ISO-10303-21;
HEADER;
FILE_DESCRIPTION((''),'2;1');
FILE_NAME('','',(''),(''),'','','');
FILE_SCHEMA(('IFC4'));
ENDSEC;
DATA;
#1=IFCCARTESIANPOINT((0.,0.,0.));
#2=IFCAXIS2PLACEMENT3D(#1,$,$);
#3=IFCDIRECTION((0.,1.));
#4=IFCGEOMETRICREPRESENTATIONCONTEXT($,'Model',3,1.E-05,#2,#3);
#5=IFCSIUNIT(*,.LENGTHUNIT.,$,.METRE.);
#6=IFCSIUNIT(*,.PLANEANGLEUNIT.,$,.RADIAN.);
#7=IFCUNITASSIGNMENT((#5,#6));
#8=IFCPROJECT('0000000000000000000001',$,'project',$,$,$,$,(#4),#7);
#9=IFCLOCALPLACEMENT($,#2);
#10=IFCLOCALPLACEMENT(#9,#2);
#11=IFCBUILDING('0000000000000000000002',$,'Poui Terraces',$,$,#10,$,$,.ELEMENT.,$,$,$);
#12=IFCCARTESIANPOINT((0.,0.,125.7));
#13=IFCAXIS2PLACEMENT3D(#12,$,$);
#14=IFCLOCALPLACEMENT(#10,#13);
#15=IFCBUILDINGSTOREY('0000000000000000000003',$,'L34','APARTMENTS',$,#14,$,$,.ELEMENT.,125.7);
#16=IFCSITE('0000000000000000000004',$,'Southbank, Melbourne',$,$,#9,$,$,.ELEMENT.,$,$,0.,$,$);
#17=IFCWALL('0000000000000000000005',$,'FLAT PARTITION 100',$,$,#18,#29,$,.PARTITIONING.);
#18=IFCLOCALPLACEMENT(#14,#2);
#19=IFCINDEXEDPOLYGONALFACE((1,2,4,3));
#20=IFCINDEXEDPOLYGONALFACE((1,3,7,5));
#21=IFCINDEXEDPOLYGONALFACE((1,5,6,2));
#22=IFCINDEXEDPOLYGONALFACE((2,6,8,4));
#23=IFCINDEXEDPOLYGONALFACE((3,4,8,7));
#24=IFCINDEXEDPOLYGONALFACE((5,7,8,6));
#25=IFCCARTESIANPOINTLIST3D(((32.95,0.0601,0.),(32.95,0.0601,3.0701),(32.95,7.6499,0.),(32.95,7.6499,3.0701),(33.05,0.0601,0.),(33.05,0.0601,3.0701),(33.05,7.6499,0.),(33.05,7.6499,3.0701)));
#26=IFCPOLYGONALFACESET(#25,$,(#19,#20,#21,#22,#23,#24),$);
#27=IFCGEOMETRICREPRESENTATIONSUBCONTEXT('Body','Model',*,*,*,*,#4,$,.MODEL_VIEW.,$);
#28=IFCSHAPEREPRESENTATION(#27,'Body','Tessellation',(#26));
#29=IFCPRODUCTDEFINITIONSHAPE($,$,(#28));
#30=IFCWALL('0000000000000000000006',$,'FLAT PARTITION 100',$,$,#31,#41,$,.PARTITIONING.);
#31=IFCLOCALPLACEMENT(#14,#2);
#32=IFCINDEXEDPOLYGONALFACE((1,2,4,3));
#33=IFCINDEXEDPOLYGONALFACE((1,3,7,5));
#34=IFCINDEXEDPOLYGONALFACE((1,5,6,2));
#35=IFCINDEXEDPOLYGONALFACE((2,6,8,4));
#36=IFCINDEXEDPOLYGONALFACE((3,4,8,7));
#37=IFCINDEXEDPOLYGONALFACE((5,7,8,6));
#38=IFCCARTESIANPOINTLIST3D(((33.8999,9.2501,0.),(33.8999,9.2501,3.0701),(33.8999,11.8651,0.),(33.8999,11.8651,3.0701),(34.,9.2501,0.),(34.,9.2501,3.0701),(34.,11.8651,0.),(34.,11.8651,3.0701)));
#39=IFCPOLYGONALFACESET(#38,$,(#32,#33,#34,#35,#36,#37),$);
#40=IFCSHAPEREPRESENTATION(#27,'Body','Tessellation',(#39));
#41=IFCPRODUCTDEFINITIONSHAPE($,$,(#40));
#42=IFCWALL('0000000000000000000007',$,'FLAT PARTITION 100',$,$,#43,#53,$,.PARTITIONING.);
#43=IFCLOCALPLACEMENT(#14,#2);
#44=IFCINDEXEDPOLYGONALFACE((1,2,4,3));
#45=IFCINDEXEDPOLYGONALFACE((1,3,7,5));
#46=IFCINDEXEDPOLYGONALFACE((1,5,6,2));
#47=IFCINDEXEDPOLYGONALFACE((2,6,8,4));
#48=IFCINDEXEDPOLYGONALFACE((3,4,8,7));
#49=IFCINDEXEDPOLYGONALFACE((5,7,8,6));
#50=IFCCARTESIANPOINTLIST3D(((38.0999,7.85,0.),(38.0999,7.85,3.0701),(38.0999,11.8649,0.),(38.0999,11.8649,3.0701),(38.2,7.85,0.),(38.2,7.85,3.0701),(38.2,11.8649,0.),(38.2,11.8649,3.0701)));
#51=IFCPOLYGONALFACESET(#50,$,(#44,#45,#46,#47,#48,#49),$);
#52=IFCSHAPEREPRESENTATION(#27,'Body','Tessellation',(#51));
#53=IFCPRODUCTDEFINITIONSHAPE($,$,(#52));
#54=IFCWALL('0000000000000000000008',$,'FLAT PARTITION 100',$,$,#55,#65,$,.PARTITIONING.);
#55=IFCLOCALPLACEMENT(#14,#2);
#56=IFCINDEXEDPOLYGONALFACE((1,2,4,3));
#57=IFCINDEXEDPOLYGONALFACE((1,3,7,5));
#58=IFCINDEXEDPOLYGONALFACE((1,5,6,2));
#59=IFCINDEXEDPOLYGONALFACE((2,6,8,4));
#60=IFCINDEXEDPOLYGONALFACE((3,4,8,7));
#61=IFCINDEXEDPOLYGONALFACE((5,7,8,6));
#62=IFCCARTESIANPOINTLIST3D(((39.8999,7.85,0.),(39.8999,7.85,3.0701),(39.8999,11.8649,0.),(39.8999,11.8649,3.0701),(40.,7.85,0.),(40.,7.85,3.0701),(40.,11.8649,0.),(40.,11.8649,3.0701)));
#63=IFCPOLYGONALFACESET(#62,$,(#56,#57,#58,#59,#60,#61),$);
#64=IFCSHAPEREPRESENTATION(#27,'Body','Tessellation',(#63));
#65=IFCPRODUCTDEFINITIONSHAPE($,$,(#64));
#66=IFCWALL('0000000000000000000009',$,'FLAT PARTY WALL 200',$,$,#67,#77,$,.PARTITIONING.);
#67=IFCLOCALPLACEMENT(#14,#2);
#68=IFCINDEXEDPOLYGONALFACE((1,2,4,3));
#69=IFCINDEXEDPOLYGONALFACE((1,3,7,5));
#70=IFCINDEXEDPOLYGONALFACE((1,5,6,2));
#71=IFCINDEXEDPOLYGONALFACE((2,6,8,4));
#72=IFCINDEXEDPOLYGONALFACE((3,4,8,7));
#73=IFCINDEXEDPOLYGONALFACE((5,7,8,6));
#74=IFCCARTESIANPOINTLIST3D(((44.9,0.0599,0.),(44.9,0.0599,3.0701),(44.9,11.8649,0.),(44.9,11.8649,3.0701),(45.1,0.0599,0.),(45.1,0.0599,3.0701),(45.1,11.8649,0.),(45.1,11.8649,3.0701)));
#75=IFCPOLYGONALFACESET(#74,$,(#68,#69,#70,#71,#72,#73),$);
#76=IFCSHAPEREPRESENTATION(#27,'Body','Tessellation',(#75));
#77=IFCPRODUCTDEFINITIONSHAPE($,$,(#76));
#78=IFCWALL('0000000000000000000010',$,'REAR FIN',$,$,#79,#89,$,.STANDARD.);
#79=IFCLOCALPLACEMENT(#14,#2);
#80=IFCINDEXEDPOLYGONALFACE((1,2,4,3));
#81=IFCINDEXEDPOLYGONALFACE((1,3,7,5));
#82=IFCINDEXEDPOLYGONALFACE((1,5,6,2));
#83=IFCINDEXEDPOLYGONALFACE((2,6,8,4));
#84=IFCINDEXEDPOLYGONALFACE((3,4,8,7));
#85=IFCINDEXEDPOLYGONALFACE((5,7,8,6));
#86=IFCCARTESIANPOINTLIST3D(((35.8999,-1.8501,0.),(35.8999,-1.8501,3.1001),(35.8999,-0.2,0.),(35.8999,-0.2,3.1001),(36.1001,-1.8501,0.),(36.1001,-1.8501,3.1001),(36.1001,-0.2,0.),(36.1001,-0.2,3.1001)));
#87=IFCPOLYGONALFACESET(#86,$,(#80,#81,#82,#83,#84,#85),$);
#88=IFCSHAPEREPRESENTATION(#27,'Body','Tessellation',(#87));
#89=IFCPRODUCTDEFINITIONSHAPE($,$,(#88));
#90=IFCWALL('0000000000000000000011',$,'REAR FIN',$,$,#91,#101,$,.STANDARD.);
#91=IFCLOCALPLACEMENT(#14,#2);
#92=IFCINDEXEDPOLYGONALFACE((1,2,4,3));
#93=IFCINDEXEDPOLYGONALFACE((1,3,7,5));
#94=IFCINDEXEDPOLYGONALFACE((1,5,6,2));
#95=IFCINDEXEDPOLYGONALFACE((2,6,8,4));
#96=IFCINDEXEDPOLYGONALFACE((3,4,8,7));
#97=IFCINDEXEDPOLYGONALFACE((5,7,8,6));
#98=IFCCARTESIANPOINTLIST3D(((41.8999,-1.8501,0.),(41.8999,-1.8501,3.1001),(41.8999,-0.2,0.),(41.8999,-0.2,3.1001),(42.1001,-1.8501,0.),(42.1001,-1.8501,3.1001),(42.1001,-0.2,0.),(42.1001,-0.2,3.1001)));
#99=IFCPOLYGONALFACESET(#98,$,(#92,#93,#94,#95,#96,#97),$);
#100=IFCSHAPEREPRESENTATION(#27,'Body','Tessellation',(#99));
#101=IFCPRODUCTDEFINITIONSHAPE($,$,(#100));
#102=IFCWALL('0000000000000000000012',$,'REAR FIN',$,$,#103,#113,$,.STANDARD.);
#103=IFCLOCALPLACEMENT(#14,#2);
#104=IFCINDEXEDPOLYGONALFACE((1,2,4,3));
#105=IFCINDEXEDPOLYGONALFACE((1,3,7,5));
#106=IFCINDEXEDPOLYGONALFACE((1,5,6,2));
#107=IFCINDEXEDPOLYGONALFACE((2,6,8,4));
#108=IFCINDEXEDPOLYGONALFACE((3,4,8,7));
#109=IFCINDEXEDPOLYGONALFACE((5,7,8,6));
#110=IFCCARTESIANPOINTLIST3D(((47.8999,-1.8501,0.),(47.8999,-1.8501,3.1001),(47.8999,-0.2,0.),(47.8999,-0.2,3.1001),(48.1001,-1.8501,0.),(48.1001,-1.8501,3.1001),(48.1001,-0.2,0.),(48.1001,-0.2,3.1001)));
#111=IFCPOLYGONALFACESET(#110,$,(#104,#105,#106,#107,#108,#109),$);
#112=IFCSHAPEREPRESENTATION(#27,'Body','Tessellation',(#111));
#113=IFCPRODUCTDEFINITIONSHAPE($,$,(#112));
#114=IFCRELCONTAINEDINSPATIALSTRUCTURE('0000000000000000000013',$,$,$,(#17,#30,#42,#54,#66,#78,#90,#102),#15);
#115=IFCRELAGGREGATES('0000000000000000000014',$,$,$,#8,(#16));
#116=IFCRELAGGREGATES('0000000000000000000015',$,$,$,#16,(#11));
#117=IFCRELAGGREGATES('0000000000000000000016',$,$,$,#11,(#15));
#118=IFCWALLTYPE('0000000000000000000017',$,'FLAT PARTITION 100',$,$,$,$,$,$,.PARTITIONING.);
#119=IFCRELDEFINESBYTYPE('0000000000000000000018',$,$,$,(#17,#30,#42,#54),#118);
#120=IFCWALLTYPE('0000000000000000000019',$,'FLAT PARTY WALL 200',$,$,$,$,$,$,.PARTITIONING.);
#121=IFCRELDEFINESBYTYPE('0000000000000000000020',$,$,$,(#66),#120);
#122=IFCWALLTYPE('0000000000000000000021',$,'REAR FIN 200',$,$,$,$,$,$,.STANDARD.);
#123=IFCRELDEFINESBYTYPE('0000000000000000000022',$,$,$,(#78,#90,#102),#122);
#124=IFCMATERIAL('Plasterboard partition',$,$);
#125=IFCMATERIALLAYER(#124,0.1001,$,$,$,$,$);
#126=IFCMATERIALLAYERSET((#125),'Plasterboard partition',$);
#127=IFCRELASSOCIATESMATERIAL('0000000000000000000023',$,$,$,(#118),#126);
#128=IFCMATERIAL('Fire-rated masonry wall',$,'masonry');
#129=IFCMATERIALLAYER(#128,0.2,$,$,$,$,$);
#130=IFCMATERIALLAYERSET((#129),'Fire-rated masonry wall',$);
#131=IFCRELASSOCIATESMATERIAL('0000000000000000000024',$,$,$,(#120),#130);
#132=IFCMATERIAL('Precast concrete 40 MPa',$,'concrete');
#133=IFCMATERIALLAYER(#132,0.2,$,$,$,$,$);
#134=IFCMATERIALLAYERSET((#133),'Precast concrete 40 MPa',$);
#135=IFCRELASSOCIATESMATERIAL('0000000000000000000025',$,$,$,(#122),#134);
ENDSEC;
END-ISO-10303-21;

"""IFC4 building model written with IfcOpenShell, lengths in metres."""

from ifc_helpers import new_model, si_unit, direction, frame, frame_2d, origin, place, context, subcontext, project, spatial, polyline, rectangle, outline, extrude, source, transform, mapped, material, layer, layer_set, type_object, element, save


model = new_model("IFC4")

# Units and contexts
model_context = context("Model", 3, precision=1e-05, world=origin(), true_north=direction((0.0, 1.0)))
body_context = subcontext(model_context, "Body", "Model", "MODEL_VIEW")
ifc_project = project(units=[si_unit("LENGTHUNIT", "METRE"), si_unit("PLANEANGLEUNIT", "RADIAN")], contexts=[model_context])

# Site, building, storey
site_placement = place(None, origin())
site = spatial("IfcSite", under=ifc_project, at=site_placement, Name="Southbank, Melbourne", CompositionType="ELEMENT", RefElevation=0.0)
building_placement = place(site_placement, origin())
building = spatial("IfcBuilding", under=site, at=building_placement, Name="Poui Terraces", CompositionType="ELEMENT")
storey_placement = place(building_placement, frame((0.0, 0.0, 125.7)))
storey = spatial("IfcBuildingStorey", under=building, at=storey_placement, Name="L34", Description="APARTMENTS", CompositionType="ELEMENT", Elevation=125.7)

# Shared definitions
ifc_material_1 = material(Name="Precast concrete 40 MPa", Category="concrete")

# Shared definitions
ifc_material_2 = material(Name="Plasterboard partition")
ifc_layer_1 = layer(ifc_material_2, 0.1001)
ifc_layer_set_1 = layer_set([ifc_layer_1], Name="Plasterboard partition")
wall_type_1 = type_object("IfcWallType", Name="FLAT PARTITION 100", PredefinedType="PARTITIONING", material=ifc_layer_set_1)

# Walls
wall_1_placement = place(storey_placement, frame((33.0, 0.0601, 0.0), z_axis=(0.0, 0.0, 1.0), x_axis=(0.0, 1.0, 0.0)))
element("IfcWall", 1, at=wall_1_placement, inside=storey, type_object=wall_type_1, Name="FLAT PARTITION 100", PredefinedType="PARTITIONING", context=body_context, shape_type="SweptSolid", body=[
    extrude(rectangle(XDim=7.5898, YDim=0.1001, at=frame_2d((3.7949, 0.0))), origin(), (0.0, 0.0, 1.0), 3.0701),
])
wall_2_placement = place(storey_placement, frame((33.95, 9.25, 0.0), z_axis=(0.0, 0.0, 1.0), x_axis=(0.0, 1.0, 0.0)))
element("IfcWall", 2, at=wall_2_placement, inside=storey, type_object=wall_type_1, Name="FLAT PARTITION 100", PredefinedType="PARTITIONING", context=body_context, shape_type="SweptSolid", body=[
    extrude(rectangle(XDim=2.615, YDim=0.1001, at=frame_2d((1.3076, 0.0))), origin(), (0.0, 0.0, 1.0), 3.0701),
])
for number, where, z_axis, x_axis, name in (
    (3, (38.1499, 7.8501, 0.0), (0.0, 0.0, 1.0), (0.0, 1.0, 0.0), "FLAT PARTITION 100"),
    (4, (39.95, 7.8501, 0.0), (0.0, 0.0, 1.0), (0.0, 1.0, 0.0), "FLAT PARTITION 100"),
):
    element("IfcWall", number, at=place(storey_placement, frame(where, z_axis=z_axis, x_axis=x_axis)), inside=storey, type_object=wall_type_1, Name=name, PredefinedType="PARTITIONING", context=body_context, shape_type="SweptSolid", body=[
        extrude(rectangle(XDim=4.0149, YDim=0.1001, at=frame_2d((2.0073, 0.0))), origin(), (0.0, 0.0, 1.0), 3.0701),
    ])
ifc_material_3 = material(Name="Fire-rated masonry wall", Category="masonry")
ifc_layer_2 = layer(ifc_material_3, 0.2)
ifc_layer_set_2 = layer_set([ifc_layer_2], Name="Fire-rated masonry wall")
wall_type_2 = type_object("IfcWallType", Name="FLAT PARTY WALL 200", PredefinedType="PARTITIONING", material=ifc_layer_set_2)
wall_3_placement = place(storey_placement, frame((45.0, 0.0601, 0.0), z_axis=(0.0, 0.0, 1.0), x_axis=(0.0, 1.0, 0.0)))
element("IfcWall", 5, at=wall_3_placement, inside=storey, type_object=wall_type_2, Name="FLAT PARTY WALL 200", PredefinedType="PARTITIONING", context=body_context, shape_type="SweptSolid", body=[
    extrude(rectangle(XDim=11.8049, YDim=0.2, at=frame_2d((5.9023, 0.0))), origin(), (0.0, 0.0, 1.0), 3.0701),
])
ifc_layer_3 = layer(ifc_material_1, 0.2)
ifc_layer_set_3 = layer_set([ifc_layer_3], Name="Precast concrete 40 MPa")
wall_type_3 = type_object("IfcWallType", Name="REAR FIN 200", PredefinedType="STANDARD", material=ifc_layer_set_3)
shared_shape_1 = source(origin(), body_context, "Body", "SweptSolid", [
    extrude(outline(polyline([(0.0, 0.0), (0.2002, 0.0), (0.2002, 1.6501), (0.0, 1.6501), (0.0, 0.0)])), origin(), (0.0, 0.0, 1.0), 3.1001),
])
for number, where, name in (
    (6, (35.8999, -1.8501, 0.0), "REAR FIN"),
    (7, (41.8999, -1.8501, 0.0), "REAR FIN"),
    (8, (47.8999, -1.8501, 0.0), "REAR FIN"),
):
    element("IfcWall", number, at=place(storey_placement, frame(where)), inside=storey, type_object=wall_type_3, Name=name, PredefinedType="STANDARD", context=body_context, shape_type="MappedRepresentation", body=[
        mapped(shared_shape_1, transform((0.0, 0.0, 0.0))),
    ])

save(model, "model.ifc")
